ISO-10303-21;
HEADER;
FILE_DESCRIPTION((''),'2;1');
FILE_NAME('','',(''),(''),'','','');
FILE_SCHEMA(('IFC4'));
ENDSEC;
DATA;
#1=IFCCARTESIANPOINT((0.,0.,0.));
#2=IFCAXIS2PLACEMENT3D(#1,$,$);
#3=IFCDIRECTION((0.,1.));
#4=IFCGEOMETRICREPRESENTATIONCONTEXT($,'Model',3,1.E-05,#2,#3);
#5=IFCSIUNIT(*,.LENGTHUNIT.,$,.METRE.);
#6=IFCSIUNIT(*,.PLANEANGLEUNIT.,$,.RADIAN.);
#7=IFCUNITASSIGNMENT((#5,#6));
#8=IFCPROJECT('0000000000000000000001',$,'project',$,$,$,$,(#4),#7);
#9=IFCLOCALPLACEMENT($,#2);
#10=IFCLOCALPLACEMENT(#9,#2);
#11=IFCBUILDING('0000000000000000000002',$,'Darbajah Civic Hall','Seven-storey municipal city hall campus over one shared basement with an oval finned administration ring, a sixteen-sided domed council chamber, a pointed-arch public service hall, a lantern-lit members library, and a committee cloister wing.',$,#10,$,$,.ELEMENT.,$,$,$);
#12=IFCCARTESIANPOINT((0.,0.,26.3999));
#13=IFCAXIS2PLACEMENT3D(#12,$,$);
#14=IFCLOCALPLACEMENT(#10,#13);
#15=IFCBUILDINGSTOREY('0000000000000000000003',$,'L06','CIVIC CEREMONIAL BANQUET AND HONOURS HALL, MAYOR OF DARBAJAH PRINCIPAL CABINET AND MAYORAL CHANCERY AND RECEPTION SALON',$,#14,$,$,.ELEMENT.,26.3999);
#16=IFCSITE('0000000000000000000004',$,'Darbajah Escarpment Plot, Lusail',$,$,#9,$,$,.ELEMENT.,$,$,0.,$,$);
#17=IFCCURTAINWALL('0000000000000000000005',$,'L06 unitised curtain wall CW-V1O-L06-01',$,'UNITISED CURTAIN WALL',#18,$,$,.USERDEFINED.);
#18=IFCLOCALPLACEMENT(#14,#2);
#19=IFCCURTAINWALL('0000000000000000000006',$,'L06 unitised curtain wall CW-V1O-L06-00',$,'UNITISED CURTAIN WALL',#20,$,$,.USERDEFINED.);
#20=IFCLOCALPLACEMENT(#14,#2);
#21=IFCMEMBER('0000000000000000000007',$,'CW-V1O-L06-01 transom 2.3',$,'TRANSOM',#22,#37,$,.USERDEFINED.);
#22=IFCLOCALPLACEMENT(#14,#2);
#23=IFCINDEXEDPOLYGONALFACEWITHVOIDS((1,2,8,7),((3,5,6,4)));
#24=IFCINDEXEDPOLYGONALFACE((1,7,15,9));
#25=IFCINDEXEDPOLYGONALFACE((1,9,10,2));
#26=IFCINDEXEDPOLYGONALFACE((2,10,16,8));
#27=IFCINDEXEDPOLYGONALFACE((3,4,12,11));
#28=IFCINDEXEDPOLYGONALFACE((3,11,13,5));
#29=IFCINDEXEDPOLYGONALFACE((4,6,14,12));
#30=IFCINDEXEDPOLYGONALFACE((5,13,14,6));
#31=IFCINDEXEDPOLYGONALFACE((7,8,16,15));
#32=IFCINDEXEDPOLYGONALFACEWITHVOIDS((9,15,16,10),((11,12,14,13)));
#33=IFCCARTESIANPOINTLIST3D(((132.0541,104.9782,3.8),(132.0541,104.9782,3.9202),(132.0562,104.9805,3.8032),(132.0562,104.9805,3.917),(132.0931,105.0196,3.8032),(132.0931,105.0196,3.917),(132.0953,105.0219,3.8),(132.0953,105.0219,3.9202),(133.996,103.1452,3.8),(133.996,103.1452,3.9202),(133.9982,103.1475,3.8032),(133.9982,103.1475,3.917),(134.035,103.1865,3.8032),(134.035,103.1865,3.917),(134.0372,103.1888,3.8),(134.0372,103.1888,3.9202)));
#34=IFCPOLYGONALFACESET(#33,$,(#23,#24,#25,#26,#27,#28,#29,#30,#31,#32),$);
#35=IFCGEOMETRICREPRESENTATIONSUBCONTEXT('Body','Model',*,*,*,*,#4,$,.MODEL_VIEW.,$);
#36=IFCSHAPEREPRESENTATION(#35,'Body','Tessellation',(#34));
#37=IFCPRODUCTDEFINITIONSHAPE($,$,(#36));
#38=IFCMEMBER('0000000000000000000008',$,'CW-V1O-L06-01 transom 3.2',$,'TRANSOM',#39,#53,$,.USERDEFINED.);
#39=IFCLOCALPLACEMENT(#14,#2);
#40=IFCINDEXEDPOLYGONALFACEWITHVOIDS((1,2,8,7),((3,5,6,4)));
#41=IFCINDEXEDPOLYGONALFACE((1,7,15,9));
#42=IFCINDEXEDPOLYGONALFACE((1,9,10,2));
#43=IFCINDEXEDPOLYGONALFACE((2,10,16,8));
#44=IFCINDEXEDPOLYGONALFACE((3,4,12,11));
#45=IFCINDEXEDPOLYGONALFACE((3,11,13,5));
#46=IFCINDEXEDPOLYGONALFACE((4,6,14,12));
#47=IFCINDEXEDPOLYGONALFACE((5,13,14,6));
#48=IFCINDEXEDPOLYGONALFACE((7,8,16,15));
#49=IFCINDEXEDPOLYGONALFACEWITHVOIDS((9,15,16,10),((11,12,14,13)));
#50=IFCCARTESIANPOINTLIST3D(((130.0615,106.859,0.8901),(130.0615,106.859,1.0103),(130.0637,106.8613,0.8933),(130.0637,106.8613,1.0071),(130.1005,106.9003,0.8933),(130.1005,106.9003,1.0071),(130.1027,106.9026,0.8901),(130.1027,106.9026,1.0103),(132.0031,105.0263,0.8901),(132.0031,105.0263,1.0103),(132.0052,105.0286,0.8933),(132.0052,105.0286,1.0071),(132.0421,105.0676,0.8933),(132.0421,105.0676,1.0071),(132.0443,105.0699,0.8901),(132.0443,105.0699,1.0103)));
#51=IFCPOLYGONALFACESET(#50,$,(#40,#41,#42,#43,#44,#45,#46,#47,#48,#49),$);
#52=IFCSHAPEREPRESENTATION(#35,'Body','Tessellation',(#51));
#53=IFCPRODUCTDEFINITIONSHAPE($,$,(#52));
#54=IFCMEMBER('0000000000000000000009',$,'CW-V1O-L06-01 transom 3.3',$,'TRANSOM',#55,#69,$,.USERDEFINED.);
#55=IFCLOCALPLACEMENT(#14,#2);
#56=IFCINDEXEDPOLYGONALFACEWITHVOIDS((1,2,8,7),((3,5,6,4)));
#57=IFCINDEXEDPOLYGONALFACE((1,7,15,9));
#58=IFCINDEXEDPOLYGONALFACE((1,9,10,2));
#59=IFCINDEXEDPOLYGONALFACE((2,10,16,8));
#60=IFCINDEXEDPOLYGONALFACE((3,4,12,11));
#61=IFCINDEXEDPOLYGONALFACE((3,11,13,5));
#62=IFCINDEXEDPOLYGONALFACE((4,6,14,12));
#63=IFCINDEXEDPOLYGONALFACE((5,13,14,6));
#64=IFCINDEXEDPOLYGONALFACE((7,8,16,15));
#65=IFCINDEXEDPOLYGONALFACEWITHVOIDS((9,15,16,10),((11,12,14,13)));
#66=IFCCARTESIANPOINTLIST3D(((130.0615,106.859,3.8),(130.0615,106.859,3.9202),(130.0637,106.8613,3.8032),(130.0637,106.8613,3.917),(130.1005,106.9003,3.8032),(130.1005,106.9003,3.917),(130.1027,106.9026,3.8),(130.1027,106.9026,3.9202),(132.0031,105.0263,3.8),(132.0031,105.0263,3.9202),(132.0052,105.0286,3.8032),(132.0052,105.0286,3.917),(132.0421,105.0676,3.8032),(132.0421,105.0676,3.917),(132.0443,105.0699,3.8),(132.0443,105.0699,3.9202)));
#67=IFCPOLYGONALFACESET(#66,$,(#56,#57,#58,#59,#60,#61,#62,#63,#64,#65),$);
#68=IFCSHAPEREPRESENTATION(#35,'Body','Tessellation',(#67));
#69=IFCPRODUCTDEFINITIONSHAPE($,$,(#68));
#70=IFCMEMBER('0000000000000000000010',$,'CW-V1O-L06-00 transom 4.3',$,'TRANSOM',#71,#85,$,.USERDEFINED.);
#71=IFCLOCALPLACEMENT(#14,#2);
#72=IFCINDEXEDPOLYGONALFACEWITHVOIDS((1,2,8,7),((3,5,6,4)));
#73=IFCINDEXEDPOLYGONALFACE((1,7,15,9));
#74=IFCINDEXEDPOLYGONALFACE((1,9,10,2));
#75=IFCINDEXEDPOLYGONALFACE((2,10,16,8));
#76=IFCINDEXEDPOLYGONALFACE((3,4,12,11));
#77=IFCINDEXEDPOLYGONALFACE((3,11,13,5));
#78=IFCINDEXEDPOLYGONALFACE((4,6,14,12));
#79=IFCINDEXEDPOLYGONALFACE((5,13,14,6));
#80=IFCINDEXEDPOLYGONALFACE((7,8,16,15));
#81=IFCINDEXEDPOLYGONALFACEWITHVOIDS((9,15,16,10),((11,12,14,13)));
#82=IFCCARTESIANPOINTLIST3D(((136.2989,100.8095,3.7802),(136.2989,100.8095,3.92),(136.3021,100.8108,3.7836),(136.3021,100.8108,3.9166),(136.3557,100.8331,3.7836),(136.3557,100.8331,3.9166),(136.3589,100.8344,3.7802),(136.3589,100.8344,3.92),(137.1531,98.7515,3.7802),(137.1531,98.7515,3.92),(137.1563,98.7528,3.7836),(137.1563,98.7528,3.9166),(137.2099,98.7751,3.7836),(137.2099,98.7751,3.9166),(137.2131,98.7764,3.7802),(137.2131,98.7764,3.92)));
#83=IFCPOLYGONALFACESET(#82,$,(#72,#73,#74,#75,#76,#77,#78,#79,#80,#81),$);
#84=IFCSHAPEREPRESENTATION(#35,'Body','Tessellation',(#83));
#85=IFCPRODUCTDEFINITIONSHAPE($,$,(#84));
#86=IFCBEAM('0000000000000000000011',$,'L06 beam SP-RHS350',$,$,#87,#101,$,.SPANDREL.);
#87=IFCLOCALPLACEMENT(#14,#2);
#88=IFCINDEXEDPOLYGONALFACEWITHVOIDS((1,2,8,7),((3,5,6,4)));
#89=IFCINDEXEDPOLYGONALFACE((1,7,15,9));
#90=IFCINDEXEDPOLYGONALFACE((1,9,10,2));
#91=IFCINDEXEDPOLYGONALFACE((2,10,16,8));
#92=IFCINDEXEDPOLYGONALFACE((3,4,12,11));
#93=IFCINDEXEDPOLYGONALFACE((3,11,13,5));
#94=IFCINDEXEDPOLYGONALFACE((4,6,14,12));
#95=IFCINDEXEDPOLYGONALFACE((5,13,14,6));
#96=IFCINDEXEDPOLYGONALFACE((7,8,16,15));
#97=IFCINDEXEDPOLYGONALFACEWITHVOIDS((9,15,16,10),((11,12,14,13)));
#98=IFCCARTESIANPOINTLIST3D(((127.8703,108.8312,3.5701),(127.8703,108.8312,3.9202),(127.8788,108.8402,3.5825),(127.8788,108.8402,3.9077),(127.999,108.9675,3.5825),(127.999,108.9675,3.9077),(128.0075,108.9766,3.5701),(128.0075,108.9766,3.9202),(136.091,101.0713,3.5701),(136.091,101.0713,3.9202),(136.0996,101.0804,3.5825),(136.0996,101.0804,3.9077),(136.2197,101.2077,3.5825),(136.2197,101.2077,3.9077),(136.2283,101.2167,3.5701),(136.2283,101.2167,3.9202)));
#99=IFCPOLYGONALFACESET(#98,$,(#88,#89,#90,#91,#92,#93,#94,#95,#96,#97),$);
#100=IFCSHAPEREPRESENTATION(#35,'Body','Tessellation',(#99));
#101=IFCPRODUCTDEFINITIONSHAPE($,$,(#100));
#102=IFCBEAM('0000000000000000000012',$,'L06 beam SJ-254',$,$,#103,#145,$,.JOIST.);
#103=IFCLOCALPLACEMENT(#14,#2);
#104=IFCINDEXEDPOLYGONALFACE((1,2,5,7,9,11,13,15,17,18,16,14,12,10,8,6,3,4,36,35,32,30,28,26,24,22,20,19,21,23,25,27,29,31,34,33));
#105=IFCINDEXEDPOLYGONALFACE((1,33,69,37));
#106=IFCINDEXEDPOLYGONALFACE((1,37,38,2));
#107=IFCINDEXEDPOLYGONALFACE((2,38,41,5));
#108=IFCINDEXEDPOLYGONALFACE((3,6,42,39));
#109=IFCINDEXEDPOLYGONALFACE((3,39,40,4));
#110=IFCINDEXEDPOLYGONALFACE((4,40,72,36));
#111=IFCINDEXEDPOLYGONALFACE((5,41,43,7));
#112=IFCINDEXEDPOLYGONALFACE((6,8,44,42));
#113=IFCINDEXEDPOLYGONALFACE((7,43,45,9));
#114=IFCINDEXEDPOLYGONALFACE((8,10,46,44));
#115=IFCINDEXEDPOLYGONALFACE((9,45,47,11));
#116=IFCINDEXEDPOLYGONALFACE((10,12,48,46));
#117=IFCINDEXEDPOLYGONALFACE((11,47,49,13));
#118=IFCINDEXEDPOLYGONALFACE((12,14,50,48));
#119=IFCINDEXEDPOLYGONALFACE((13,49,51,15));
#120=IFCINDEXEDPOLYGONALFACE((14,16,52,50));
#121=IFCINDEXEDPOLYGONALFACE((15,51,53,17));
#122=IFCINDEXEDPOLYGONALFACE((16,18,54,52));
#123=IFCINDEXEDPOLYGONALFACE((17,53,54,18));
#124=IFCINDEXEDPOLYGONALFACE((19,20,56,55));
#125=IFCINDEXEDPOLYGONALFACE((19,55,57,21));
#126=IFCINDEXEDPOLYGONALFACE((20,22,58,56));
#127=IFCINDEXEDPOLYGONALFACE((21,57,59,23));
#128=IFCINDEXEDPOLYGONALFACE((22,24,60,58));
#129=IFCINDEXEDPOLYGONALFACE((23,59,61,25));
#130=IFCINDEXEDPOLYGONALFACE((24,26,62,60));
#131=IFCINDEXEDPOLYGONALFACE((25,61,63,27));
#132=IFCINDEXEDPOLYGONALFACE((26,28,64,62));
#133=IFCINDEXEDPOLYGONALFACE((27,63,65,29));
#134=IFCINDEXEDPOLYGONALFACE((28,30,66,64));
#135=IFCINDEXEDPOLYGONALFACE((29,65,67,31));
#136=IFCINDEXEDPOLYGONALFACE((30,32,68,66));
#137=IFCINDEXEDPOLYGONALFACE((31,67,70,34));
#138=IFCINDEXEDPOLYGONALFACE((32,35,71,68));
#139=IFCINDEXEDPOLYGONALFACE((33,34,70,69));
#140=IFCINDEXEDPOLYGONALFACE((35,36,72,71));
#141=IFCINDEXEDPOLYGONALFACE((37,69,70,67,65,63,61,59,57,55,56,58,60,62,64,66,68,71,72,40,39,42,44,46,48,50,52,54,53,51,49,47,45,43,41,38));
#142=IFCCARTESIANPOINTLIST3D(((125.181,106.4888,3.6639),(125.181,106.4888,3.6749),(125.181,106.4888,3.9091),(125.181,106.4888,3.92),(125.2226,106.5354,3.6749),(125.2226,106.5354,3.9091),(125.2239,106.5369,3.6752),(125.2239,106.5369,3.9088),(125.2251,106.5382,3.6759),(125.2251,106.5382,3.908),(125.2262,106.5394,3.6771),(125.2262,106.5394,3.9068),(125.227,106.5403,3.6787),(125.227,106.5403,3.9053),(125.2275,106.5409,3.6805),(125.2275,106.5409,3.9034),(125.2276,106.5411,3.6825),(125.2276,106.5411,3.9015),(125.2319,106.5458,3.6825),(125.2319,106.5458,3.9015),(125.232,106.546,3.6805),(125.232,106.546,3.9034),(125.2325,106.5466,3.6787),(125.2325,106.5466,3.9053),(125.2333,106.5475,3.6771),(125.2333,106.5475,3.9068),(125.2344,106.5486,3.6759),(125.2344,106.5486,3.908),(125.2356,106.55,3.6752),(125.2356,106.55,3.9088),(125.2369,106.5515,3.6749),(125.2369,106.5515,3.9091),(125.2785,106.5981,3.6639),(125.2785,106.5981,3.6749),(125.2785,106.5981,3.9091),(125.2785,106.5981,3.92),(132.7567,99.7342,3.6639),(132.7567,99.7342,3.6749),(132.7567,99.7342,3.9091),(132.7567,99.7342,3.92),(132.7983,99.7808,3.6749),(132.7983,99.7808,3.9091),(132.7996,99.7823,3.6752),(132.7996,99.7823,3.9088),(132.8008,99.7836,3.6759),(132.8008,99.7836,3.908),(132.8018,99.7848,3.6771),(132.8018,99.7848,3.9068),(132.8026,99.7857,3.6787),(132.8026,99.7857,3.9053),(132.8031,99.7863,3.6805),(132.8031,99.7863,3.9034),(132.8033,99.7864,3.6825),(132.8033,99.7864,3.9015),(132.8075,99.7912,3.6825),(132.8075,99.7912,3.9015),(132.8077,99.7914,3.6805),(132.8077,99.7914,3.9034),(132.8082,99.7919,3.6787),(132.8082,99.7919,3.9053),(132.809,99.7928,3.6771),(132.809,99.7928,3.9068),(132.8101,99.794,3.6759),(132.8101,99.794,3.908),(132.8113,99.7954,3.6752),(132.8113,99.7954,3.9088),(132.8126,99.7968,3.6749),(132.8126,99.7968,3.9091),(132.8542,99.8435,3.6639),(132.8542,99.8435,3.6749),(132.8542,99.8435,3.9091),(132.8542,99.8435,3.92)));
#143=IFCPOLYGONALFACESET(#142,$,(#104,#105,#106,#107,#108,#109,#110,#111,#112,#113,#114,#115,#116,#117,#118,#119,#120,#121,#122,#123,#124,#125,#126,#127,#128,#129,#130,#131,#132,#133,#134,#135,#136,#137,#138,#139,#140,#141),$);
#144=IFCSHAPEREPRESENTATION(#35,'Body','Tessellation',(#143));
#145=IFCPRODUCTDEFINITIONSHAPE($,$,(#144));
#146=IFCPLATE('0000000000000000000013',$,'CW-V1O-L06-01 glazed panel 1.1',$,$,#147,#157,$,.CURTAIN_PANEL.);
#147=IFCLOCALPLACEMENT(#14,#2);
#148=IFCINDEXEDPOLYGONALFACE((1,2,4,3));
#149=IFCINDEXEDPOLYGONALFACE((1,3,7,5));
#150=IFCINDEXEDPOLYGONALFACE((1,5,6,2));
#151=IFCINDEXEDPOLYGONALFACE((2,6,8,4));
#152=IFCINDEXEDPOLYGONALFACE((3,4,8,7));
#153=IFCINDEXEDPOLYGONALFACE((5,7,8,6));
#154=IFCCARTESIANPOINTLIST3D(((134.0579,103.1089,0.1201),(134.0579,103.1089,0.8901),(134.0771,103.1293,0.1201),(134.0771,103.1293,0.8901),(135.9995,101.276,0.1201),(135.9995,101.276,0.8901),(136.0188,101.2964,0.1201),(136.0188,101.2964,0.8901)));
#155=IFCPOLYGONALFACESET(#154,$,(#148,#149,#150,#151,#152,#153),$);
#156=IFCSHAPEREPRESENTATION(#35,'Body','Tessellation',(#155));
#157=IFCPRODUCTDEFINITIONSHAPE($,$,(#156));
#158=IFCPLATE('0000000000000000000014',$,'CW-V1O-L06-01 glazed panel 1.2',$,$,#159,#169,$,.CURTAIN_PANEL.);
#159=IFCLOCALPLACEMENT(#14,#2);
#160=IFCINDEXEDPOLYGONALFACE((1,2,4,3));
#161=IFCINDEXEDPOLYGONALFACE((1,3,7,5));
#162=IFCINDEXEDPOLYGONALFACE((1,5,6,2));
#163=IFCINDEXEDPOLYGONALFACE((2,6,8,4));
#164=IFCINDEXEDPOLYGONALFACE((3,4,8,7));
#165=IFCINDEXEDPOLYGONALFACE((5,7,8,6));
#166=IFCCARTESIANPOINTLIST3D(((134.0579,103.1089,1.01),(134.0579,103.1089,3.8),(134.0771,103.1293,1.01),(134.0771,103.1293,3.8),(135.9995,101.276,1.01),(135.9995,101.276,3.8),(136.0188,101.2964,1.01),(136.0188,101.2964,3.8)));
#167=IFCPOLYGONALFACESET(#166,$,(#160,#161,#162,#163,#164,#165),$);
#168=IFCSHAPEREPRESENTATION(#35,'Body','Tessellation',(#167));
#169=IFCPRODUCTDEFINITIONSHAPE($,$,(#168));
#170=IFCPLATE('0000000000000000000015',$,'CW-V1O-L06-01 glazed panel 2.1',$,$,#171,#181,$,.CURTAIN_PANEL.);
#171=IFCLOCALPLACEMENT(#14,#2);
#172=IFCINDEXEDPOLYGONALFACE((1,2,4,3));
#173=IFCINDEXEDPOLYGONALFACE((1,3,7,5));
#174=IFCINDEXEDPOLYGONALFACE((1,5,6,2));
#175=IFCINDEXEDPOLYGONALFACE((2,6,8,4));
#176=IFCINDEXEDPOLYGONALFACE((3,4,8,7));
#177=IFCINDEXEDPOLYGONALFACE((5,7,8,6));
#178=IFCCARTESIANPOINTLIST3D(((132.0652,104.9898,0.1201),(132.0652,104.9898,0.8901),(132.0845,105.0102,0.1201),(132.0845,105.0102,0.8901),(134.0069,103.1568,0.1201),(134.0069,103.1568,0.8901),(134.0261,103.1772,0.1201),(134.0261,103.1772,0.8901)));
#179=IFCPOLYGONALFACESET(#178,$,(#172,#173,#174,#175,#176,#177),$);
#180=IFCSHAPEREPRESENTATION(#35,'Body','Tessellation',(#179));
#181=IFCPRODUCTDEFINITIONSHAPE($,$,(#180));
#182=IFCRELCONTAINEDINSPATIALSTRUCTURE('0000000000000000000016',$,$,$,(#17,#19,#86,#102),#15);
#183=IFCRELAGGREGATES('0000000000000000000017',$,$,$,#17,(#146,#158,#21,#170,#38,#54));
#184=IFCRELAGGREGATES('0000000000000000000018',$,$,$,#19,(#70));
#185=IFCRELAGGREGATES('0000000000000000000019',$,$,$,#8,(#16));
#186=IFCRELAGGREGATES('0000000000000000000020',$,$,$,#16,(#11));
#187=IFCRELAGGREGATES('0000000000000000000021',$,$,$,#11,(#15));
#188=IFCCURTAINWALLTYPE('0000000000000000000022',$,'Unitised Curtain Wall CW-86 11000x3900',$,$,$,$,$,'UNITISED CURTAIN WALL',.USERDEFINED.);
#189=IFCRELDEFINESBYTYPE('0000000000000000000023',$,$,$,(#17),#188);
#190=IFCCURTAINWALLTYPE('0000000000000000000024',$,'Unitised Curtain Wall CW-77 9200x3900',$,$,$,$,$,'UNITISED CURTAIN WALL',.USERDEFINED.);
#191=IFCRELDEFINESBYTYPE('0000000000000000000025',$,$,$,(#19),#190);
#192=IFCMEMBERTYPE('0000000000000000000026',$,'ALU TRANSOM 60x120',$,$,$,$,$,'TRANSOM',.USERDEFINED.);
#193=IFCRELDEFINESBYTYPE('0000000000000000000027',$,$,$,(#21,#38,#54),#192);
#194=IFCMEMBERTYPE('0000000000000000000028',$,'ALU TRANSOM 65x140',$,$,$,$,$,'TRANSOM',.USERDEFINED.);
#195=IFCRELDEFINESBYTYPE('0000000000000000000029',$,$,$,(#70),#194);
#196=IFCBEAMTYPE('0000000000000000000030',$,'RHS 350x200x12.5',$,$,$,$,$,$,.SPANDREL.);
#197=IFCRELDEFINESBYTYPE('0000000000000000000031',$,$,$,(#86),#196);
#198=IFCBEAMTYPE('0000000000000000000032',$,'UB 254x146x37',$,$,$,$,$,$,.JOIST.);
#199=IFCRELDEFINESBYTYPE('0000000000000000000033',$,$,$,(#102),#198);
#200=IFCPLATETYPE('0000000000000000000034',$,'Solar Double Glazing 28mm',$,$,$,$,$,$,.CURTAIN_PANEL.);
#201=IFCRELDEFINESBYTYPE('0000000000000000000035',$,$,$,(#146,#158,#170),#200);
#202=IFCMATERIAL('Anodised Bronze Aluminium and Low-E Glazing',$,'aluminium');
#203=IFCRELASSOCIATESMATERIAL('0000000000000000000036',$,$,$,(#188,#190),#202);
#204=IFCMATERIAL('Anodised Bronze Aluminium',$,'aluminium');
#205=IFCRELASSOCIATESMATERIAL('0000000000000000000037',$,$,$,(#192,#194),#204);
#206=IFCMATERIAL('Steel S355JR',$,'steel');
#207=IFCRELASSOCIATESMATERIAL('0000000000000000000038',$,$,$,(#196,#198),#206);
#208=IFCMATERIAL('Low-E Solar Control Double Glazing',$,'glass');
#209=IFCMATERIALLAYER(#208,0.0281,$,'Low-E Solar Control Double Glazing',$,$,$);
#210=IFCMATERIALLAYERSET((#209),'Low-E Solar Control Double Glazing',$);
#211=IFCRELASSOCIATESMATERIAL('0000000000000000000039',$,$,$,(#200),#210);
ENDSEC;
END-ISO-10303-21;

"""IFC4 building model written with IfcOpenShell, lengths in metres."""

from ifc_helpers import new_model, si_unit, direction, frame, origin, origin_2d, place, context, subcontext, project, spatial, rectangle, hollow_rectangle, i_section, extrude, material, layer, layer_set, material_profile, profile_set, type_object, element, aggregate, save


model = new_model("IFC4")

# Units and contexts
model_context = context("Model", 3, precision=1e-05, world=origin(), true_north=direction((0.0, 1.0)))
body_context = subcontext(model_context, "Body", "Model", "MODEL_VIEW")
ifc_project = project(units=[si_unit("LENGTHUNIT", "METRE"), si_unit("PLANEANGLEUNIT", "RADIAN")], contexts=[model_context])

# Site, building, storey
site_placement = place(None, origin())
site = spatial("IfcSite", under=ifc_project, at=site_placement, Name="Darbajah Escarpment Plot, Lusail", CompositionType="ELEMENT", RefElevation=0.0)
building_placement = place(site_placement, origin())
building = spatial("IfcBuilding", under=site, at=building_placement, Name="Darbajah Civic Hall", Description="Seven-storey municipal city hall campus over one shared basement with an oval finned administration ring, a sixteen-sided domed council chamber, a pointed-arch public service hall, a lantern-lit members library, and a committee cloister wing.", CompositionType="ELEMENT")
storey_placement = place(building_placement, frame((0.0, 0.0, 26.3999)))
storey = spatial("IfcBuildingStorey", under=building, at=storey_placement, Name="L06", Description="CIVIC CEREMONIAL BANQUET AND HONOURS HALL, MAYOR OF DARBAJAH PRINCIPAL CABINET AND MAYORAL CHANCERY AND RECEPTION SALON", CompositionType="ELEMENT", Elevation=26.3999)

# Curtain wall
ifc_material_1 = material(Name="Anodised Bronze Aluminium and Low-E Glazing", Category="aluminium")
curtain_wall_type_1 = type_object("IfcCurtainWallType", Name="Unitised Curtain Wall CW-86 11000x3900", ElementType="UNITISED CURTAIN WALL", PredefinedType="USERDEFINED", material=ifc_material_1)
curtain_wall_1_placement = place(storey_placement, origin())
curtain_wall_1 = element("IfcCurtainWall", 1, at=curtain_wall_1_placement, inside=storey, type_object=curtain_wall_type_1, Name="L06 unitised curtain wall CW-V1O-L06-01", ObjectType="UNITISED CURTAIN WALL", PredefinedType="USERDEFINED")
ifc_material_2 = material(Name="Anodised Bronze Aluminium", Category="aluminium")

# Curtain wall
curtain_wall_type_2 = type_object("IfcCurtainWallType", Name="Unitised Curtain Wall CW-77 9200x3900", ElementType="UNITISED CURTAIN WALL", PredefinedType="USERDEFINED", material=ifc_material_1)
curtain_wall_2_placement = place(storey_placement, origin())
curtain_wall_2 = element("IfcCurtainWall", 2, at=curtain_wall_2_placement, inside=storey, type_object=curtain_wall_type_2, Name="L06 unitised curtain wall CW-V1O-L06-00", ObjectType="UNITISED CURTAIN WALL", PredefinedType="USERDEFINED")

# Members
ifc_material_profile_1 = material_profile(ifc_material_2, hollow_rectangle(XDim=0.0601, YDim=0.1201, WallThickness=0.0032, at=origin_2d()), Name="ALU TRANSOM 60x120")
ifc_profile_set_1 = profile_set([ifc_material_profile_1], Name="Anodised Bronze Aluminium")
member_type_1 = type_object("IfcMemberType", Name="ALU TRANSOM 60x120", ElementType="TRANSOM", PredefinedType="USERDEFINED", material=ifc_profile_set_1)
member_1_placement = place(storey_placement, frame((134.0166, 103.167, 3.8601), z_axis=(-0.727201, 0.686425, 0.0), x_axis=(-0.686425, -0.727201, 0.0)))
member_1 = element("IfcMember", 3, at=member_1_placement, type_object=member_type_1, Name="CW-V1O-L06-01 transom 2.3", ObjectType="TRANSOM", PredefinedType="USERDEFINED", context=body_context, shape_type="SweptSolid", body=[
    extrude(hollow_rectangle(XDim=0.0601, YDim=0.1201, WallThickness=0.0032, at=origin_2d()), origin(), (0.0, 0.0, 1.0), 2.6704),
])
member_2_placement = place(storey_placement, frame((132.0237, 105.0481, 0.9502), z_axis=(-0.727203, 0.686422, 0.0), x_axis=(-0.686422, -0.727203, 0.0)))
member_2 = element("IfcMember", 4, at=member_2_placement, type_object=member_type_1, Name="CW-V1O-L06-01 transom 3.2", ObjectType="TRANSOM", PredefinedType="USERDEFINED", context=body_context, shape_type="SweptSolid", body=[
    extrude(hollow_rectangle(XDim=0.0601, YDim=0.1201, WallThickness=0.0032, at=origin_2d()), origin(), (0.0, 0.0, 1.0), 2.6699),
])
member_3_placement = place(storey_placement, frame((132.0237, 105.0481, 3.8601), z_axis=(-0.727203, 0.686422, 0.0), x_axis=(-0.686422, -0.727203, 0.0)))
member_3 = element("IfcMember", 5, at=member_3_placement, type_object=member_type_1, Name="CW-V1O-L06-01 transom 3.3", ObjectType="TRANSOM", PredefinedType="USERDEFINED", context=body_context, shape_type="SweptSolid", body=[
    extrude(hollow_rectangle(XDim=0.0601, YDim=0.1201, WallThickness=0.0032, at=origin_2d()), origin(), (0.0, 0.0, 1.0), 2.6699),
])
ifc_material_profile_2 = material_profile(ifc_material_2, hollow_rectangle(XDim=0.0649, YDim=0.1399, WallThickness=0.0034, at=origin_2d()), Name="ALU TRANSOM 65x140")
ifc_profile_set_2 = profile_set([ifc_material_profile_2], Name="Anodised Bronze Aluminium")
member_type_2 = type_object("IfcMemberType", Name="ALU TRANSOM 65x140", ElementType="TRANSOM", PredefinedType="USERDEFINED", material=ifc_profile_set_2)
member_4_placement = place(storey_placement, frame((137.1831, 98.7639, 3.8501), z_axis=(-0.383355, 0.923601, 0.0), x_axis=(-0.923601, -0.383355, 0.0)))
member_4 = element("IfcMember", 6, at=member_4_placement, type_object=member_type_2, Name="CW-V1O-L06-00 transom 4.3", ObjectType="TRANSOM", PredefinedType="USERDEFINED", context=body_context, shape_type="SweptSolid", body=[
    extrude(hollow_rectangle(XDim=0.0649, YDim=0.1399, WallThickness=0.0034, at=origin_2d()), origin(), (0.0, 0.0, 1.0), 2.2283),
])

# Beams
ifc_material_3 = material(Name="Steel S355JR", Category="steel")
ifc_material_profile_3 = material_profile(ifc_material_3, hollow_rectangle(XDim=0.2, YDim=0.3501, WallThickness=0.0125, at=origin_2d()), Name="RHS 350x200x12.5")
ifc_profile_set_3 = profile_set([ifc_material_profile_3], Name="Steel S355JR")
beam_type_1 = type_object("IfcBeamType", Name="RHS 350x200x12.5", PredefinedType="SPANDREL", material=ifc_profile_set_3)
beam_1_placement = place(storey_placement, frame((136.1597, 101.144, 3.7451), z_axis=(-0.7272, 0.686426, 0.0), x_axis=(-0.686426, -0.7272, 0.0)))
element("IfcBeam", 7, at=beam_1_placement, inside=storey, type_object=beam_type_1, Name="L06 beam SP-RHS350", PredefinedType="SPANDREL", context=body_context, shape_type="SweptSolid", body=[
    extrude(hollow_rectangle(XDim=0.2, YDim=0.3501, WallThickness=0.0125, at=origin_2d()), origin(), (0.0, 0.0, 1.0), 11.3047),
])
ifc_material_profile_4 = material_profile(ifc_material_3, i_section(OverallWidth=0.1465, OverallDepth=0.2561, WebThickness=0.0063, FlangeThickness=0.011, FilletRadius=0.0076, at=origin_2d()), Name="UB 254x146x37")
ifc_profile_set_4 = profile_set([ifc_material_profile_4], Name="Steel S355JR")
beam_type_2 = type_object("IfcBeamType", Name="UB 254x146x37", PredefinedType="JOIST", material=ifc_profile_set_4)
beam_2_placement = place(storey_placement, frame((132.8054, 99.7888, 3.792), z_axis=(-0.746396, 0.665502, 0.0), x_axis=(-0.665502, -0.746396, 0.0)))
element("IfcBeam", 8, at=beam_2_placement, inside=storey, type_object=beam_type_2, Name="L06 beam SJ-254", PredefinedType="JOIST", context=body_context, shape_type="SweptSolid", body=[
    extrude(i_section(OverallWidth=0.1465, OverallDepth=0.2561, WebThickness=0.0063, FlangeThickness=0.011, FilletRadius=0.0076, at=origin_2d()), origin(), (0.0, 0.0, 1.0), 10.1497),
])

# Plates
ifc_material_4 = material(Name="Low-E Solar Control Double Glazing", Category="glass")
ifc_layer_1 = layer(ifc_material_4, 0.0281, Name="Low-E Solar Control Double Glazing")
ifc_layer_set_1 = layer_set([ifc_layer_1], Name="Low-E Solar Control Double Glazing")
plate_type_1 = type_object("IfcPlateType", Name="Solar Double Glazing 28mm", PredefinedType="CURTAIN_PANEL", material=ifc_layer_set_1)
plate_1_placement = place(storey_placement, frame((135.0383, 102.2026, 0.1201), z_axis=(0.0, 0.0, 1.0), x_axis=(-0.727174, 0.686453, 0.0)))
plate_1 = element("IfcPlate", 9, at=plate_1_placement, type_object=plate_type_1, Name="CW-V1O-L06-01 glazed panel 1.1", PredefinedType="CURTAIN_PANEL", context=body_context, shape_type="SweptSolid", body=[
    extrude(rectangle(XDim=2.6702, YDim=0.0281, at=origin_2d()), origin(), (0.0, 0.0, 1.0), 0.77),
])
plate_2_placement = place(storey_placement, frame((135.0383, 102.2026, 1.01), z_axis=(0.0, 0.0, 1.0), x_axis=(-0.727174, 0.686453, 0.0)))
plate_2 = element("IfcPlate", 10, at=plate_2_placement, type_object=plate_type_1, Name="CW-V1O-L06-01 glazed panel 1.2", PredefinedType="CURTAIN_PANEL", context=body_context, shape_type="SweptSolid", body=[
    extrude(rectangle(XDim=2.6702, YDim=0.0281, at=origin_2d()), origin(), (0.0, 0.0, 1.0), 2.79),
])
plate_3_placement = place(storey_placement, frame((133.0457, 104.0835, 0.1201), z_axis=(0.0, 0.0, 1.0), x_axis=(-0.727174, 0.686453, 0.0)))
plate_3 = element("IfcPlate", 11, at=plate_3_placement, type_object=plate_type_1, Name="CW-V1O-L06-01 glazed panel 2.1", PredefinedType="CURTAIN_PANEL", context=body_context, shape_type="SweptSolid", body=[
    extrude(rectangle(XDim=2.6702, YDim=0.0281, at=origin_2d()), origin(), (0.0, 0.0, 1.0), 0.77),
])
aggregate(curtain_wall_1, [plate_1, plate_2, member_1, plate_3, member_2, member_3])
aggregate(curtain_wall_2, [member_4])

save(model, "model.ifc")
